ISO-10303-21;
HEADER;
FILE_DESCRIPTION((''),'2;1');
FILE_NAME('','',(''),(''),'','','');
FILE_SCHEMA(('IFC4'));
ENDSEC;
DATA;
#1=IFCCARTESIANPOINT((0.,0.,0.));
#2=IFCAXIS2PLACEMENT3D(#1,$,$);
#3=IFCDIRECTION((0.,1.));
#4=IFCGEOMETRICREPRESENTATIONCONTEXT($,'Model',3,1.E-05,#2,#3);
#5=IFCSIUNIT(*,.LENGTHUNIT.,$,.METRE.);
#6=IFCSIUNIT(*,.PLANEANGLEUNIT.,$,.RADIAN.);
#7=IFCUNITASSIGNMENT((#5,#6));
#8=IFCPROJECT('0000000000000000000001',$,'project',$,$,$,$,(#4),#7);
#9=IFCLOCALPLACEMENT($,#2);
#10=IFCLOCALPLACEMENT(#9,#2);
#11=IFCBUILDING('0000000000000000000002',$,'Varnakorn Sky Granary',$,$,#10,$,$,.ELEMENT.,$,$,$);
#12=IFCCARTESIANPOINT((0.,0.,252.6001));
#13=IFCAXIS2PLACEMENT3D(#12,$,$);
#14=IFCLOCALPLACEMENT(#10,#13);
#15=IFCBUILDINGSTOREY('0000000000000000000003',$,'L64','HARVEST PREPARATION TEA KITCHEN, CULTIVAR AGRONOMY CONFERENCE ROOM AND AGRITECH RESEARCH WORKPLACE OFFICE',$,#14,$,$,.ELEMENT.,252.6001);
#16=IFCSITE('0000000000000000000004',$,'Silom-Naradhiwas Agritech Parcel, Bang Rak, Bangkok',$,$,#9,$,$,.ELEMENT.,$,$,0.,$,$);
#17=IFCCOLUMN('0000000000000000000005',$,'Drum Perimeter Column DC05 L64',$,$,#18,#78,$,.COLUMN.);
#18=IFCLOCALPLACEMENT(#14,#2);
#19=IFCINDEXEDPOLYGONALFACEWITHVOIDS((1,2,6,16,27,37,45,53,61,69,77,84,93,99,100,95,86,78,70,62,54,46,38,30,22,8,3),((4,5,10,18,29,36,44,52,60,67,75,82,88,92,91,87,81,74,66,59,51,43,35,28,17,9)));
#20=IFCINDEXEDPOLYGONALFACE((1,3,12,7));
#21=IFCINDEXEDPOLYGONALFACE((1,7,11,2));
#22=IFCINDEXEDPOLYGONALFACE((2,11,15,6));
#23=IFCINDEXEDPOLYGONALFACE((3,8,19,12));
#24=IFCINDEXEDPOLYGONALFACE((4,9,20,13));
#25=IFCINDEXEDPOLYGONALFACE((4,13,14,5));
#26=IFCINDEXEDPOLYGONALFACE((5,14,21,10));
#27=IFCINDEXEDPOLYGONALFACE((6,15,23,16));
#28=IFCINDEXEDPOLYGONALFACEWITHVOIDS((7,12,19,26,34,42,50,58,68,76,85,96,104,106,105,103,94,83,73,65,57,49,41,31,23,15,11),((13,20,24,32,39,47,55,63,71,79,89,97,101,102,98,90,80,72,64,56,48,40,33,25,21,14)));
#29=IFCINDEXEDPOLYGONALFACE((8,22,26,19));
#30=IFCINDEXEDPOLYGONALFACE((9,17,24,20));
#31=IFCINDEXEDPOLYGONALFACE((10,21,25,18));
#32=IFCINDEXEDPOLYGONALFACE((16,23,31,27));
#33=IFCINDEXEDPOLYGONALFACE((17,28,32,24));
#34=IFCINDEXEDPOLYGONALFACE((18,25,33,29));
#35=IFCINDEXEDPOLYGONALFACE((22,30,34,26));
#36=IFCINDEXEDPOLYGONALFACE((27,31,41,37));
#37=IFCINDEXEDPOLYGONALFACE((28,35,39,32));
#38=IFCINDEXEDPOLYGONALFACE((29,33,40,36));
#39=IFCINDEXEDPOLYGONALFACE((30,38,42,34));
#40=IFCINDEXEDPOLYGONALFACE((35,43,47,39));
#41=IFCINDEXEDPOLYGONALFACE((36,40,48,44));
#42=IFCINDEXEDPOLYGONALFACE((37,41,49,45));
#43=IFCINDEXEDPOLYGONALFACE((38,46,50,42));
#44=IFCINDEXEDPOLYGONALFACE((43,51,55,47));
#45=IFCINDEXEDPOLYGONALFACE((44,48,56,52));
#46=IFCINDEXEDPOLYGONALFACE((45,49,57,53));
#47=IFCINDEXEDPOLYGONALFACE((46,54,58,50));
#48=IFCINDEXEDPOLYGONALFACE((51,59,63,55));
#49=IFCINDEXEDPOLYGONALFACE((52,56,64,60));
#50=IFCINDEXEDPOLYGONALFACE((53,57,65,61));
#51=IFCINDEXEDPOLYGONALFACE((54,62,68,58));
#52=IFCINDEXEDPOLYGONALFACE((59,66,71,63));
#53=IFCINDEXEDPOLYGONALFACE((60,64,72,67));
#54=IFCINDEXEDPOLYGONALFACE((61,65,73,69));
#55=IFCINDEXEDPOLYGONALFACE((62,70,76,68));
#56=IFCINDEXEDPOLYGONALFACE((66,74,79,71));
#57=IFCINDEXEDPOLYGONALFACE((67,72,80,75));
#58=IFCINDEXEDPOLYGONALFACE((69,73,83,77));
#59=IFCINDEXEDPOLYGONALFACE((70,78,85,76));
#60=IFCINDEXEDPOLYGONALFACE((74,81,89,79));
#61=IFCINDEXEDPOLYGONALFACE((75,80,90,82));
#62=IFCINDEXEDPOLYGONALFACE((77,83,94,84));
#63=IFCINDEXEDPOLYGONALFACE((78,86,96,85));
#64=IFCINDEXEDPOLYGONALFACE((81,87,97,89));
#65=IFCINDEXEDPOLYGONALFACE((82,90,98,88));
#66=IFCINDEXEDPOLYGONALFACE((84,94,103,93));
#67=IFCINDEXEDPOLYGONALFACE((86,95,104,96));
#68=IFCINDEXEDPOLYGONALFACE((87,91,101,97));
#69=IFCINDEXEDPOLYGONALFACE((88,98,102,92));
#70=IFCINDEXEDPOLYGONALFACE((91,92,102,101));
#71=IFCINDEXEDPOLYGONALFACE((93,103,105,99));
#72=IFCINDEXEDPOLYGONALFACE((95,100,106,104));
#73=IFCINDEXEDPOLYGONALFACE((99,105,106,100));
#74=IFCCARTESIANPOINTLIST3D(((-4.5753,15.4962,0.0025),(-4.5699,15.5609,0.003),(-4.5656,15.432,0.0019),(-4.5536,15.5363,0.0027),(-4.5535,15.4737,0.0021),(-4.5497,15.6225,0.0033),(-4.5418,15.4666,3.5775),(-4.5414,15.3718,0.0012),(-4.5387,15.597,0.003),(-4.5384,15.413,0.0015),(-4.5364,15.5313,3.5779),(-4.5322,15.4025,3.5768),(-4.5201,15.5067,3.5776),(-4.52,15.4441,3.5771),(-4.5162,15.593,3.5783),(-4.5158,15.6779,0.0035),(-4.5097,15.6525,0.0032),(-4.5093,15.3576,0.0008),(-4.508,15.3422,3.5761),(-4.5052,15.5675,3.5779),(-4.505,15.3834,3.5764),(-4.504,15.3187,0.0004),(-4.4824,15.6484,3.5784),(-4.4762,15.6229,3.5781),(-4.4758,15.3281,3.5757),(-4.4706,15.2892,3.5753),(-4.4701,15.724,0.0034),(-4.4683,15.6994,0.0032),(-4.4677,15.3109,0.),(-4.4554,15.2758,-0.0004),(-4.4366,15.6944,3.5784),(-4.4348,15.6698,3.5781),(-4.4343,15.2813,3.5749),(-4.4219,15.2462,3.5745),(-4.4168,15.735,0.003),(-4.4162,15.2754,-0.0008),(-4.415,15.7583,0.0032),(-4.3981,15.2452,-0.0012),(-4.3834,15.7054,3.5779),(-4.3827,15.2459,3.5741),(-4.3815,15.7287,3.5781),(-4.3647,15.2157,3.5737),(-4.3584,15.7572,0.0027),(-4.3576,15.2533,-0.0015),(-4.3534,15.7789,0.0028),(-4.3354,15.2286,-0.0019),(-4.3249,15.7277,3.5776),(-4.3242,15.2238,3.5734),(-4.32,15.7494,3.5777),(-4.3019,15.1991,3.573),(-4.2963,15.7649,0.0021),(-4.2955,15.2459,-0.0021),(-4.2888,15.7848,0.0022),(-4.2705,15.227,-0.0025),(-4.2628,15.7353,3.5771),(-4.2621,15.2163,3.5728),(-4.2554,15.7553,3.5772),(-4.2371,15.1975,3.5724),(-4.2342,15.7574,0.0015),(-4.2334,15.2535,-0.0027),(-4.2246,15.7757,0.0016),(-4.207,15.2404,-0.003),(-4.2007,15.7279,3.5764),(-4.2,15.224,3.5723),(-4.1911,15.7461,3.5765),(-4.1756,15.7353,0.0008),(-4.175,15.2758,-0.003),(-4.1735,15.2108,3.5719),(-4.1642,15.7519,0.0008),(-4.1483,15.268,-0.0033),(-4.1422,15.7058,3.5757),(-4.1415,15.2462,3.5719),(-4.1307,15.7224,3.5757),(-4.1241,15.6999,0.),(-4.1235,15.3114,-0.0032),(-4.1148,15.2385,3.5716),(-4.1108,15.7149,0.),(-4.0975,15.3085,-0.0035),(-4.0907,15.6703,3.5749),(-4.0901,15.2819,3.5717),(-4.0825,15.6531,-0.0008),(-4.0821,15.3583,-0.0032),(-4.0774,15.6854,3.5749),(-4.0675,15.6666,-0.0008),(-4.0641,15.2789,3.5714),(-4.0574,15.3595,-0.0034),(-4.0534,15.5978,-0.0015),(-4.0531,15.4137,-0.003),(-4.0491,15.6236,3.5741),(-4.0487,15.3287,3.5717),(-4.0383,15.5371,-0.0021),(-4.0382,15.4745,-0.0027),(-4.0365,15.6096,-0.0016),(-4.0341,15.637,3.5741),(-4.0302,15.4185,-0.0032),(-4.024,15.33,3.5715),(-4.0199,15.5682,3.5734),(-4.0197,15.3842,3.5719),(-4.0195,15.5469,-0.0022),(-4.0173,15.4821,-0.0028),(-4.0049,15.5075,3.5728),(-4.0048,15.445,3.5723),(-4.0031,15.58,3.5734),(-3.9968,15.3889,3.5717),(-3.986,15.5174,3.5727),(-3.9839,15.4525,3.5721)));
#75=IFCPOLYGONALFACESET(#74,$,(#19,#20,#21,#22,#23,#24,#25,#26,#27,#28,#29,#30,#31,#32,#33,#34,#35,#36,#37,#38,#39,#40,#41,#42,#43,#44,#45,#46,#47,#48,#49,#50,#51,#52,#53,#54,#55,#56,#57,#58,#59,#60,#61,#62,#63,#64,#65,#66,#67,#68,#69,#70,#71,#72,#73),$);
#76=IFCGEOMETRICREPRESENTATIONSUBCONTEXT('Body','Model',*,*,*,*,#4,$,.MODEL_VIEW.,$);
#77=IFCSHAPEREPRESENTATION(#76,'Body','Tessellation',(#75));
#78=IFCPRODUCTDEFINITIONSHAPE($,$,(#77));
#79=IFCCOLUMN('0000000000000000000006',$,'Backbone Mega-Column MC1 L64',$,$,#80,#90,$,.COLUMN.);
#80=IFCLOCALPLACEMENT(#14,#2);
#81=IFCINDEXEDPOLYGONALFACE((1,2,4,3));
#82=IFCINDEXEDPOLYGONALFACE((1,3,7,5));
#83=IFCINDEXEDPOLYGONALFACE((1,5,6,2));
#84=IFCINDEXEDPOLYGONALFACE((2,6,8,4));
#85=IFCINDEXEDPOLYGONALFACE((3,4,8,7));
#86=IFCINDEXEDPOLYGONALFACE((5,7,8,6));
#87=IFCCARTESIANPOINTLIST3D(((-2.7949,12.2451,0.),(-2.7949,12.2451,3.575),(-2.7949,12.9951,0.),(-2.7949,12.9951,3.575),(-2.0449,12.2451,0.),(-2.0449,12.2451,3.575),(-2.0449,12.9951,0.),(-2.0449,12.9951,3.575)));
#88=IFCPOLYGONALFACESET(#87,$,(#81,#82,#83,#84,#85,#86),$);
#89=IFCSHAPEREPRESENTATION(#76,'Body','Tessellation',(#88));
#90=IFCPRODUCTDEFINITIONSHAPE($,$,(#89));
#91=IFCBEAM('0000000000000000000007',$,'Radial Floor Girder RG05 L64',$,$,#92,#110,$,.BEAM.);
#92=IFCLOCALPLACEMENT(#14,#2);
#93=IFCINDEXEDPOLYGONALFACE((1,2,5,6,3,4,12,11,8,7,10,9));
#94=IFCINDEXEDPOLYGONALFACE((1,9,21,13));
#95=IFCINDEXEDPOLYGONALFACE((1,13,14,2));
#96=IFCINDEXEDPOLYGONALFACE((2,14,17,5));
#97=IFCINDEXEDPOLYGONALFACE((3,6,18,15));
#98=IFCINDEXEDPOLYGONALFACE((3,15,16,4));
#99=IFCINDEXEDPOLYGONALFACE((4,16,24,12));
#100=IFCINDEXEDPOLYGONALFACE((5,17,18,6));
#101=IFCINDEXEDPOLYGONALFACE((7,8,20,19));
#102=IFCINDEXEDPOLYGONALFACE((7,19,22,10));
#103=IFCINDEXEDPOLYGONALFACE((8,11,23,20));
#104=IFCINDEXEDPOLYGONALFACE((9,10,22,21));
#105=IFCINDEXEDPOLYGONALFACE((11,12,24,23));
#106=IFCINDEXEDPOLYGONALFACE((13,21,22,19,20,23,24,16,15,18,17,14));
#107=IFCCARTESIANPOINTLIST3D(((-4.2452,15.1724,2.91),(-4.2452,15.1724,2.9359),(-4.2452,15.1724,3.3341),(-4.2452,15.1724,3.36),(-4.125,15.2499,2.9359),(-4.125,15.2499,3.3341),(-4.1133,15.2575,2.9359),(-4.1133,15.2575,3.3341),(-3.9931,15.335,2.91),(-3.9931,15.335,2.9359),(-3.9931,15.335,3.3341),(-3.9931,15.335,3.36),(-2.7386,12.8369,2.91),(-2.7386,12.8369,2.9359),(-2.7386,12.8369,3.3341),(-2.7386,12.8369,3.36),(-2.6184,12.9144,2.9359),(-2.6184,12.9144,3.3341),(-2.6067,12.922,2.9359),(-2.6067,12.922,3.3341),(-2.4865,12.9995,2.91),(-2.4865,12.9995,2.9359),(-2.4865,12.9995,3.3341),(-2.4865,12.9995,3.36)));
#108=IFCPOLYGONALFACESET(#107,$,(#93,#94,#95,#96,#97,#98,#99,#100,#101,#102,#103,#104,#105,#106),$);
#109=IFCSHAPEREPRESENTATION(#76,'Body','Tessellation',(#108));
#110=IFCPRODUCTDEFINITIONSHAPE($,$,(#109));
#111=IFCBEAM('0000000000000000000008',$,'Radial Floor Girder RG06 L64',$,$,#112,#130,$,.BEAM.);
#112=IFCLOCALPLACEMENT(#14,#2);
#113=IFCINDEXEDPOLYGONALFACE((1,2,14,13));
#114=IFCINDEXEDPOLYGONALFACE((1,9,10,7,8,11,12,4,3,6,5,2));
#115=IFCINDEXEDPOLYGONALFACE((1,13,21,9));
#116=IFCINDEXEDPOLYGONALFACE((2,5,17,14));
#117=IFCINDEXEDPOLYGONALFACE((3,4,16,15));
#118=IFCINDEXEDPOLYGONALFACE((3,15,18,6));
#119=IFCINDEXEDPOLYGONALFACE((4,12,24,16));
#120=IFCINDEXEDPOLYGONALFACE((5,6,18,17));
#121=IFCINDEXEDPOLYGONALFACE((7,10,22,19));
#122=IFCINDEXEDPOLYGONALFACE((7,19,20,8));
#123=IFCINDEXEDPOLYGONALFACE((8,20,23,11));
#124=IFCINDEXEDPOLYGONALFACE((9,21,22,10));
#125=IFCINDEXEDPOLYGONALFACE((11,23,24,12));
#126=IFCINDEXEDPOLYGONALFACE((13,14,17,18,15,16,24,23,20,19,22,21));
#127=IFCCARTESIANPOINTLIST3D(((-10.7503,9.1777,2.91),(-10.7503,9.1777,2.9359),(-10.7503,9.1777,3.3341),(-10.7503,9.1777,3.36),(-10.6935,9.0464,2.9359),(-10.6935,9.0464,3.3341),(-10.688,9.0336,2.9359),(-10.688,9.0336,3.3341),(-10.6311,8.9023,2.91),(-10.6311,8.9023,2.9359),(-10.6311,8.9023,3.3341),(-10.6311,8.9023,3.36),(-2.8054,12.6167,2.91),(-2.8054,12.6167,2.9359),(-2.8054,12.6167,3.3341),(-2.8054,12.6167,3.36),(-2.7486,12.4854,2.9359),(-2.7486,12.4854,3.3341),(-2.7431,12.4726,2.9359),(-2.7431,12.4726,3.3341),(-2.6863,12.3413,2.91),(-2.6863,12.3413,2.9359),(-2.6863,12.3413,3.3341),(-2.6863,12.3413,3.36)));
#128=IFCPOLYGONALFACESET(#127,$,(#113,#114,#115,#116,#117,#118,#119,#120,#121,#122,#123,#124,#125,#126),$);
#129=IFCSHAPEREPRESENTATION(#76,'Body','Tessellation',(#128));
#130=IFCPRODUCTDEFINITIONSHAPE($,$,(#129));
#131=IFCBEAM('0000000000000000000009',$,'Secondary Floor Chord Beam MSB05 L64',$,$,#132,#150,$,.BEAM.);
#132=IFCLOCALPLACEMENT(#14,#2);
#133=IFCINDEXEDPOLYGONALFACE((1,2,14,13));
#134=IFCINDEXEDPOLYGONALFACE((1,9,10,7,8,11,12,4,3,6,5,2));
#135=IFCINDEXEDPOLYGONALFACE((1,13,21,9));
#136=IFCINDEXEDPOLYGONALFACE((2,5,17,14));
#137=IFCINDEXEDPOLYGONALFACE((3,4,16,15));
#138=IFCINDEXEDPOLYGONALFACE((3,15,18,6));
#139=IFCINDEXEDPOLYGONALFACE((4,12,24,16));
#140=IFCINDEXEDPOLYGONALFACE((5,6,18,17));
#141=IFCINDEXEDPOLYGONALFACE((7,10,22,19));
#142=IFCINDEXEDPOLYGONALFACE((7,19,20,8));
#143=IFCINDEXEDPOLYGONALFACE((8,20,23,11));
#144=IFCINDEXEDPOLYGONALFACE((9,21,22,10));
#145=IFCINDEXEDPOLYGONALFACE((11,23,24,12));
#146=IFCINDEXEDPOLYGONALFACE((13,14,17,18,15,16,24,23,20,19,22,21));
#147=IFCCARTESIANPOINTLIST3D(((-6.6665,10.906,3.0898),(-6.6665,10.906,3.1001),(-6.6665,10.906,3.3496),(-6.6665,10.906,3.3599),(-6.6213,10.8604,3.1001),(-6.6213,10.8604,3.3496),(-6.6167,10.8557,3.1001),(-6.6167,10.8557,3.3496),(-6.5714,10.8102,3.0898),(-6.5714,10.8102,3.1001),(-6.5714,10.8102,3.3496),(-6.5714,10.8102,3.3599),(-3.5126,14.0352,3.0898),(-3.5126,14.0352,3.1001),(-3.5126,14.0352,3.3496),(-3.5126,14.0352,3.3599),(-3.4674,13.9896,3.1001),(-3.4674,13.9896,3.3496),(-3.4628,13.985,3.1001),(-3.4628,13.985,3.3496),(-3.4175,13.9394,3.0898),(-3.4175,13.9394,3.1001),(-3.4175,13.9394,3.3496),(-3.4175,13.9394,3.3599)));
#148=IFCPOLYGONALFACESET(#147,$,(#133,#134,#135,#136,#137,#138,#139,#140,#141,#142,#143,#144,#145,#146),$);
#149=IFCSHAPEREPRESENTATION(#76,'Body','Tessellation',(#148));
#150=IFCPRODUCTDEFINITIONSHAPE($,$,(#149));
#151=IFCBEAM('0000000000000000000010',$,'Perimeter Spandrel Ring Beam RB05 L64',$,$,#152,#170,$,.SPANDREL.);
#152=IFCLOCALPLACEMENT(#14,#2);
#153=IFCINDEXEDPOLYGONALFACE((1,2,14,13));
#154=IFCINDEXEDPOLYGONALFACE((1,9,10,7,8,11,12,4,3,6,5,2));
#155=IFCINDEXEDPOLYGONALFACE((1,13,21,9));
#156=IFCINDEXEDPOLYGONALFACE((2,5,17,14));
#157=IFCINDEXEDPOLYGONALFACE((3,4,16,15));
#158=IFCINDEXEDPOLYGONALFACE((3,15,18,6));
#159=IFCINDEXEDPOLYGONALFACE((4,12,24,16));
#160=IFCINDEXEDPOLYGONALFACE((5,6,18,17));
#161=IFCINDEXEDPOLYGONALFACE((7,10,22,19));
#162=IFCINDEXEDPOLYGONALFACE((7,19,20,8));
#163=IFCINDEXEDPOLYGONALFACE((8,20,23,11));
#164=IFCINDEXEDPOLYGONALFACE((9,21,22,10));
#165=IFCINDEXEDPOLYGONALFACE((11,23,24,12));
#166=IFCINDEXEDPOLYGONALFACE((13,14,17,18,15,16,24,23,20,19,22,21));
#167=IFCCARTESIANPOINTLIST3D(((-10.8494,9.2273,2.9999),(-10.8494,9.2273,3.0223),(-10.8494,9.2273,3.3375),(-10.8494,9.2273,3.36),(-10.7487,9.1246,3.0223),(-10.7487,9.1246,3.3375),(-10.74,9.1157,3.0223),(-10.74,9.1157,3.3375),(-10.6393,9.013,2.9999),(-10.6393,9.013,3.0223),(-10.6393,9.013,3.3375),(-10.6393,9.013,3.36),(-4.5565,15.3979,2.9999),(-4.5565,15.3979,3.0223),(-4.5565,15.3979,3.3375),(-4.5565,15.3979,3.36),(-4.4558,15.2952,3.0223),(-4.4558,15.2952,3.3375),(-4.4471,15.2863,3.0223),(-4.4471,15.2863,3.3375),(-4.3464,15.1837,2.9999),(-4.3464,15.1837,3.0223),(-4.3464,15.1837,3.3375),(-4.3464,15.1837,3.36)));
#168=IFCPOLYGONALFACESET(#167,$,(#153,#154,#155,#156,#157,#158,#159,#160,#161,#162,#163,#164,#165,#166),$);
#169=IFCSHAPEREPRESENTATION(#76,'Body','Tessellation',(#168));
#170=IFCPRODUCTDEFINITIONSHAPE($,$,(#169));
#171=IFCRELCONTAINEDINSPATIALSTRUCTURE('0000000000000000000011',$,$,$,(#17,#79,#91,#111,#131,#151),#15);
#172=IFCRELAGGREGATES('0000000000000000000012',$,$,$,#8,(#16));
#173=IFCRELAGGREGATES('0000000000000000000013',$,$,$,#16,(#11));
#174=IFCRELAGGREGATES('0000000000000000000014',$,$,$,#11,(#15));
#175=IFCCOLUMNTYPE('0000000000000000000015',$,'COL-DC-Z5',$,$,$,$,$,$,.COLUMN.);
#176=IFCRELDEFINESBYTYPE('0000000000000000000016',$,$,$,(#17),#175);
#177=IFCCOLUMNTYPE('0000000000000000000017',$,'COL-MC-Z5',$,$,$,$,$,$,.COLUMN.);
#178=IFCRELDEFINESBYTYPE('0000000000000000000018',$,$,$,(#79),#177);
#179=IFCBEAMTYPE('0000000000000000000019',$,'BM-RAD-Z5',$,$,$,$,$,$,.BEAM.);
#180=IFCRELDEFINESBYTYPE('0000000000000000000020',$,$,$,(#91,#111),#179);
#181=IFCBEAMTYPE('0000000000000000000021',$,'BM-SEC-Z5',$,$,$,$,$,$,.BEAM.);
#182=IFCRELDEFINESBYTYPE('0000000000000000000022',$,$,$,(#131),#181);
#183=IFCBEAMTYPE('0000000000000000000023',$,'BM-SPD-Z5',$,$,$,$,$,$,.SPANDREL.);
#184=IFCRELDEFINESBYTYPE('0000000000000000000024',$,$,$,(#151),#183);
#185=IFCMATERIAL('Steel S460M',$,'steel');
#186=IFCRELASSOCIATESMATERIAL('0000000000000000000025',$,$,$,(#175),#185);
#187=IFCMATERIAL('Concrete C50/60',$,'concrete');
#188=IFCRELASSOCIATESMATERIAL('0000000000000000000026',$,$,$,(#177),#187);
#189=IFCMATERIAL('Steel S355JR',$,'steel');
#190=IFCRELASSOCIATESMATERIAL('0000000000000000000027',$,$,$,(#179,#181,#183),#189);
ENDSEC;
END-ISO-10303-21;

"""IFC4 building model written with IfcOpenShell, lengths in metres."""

from ifc_helpers import new_model, si_unit, direction, frame, origin, origin_2d, place, context, subcontext, project, spatial, rectangle, hollow_circle, i_section, extrude, material, material_profile, profile_set, type_object, element, save


model = new_model("IFC4")

# Units and contexts
model_context = context("Model", 3, precision=1e-05, world=origin(), true_north=direction((0.0, 1.0)))
body_context = subcontext(model_context, "Body", "Model", "MODEL_VIEW")
ifc_project = project(units=[si_unit("LENGTHUNIT", "METRE"), si_unit("PLANEANGLEUNIT", "RADIAN")], contexts=[model_context])

# Site, building, storey
site_placement = place(None, origin())
site = spatial("IfcSite", under=ifc_project, at=site_placement, Name="Silom-Naradhiwas Agritech Parcel, Bang Rak, Bangkok", CompositionType="ELEMENT", RefElevation=0.0)
building_placement = place(site_placement, origin())
building = spatial("IfcBuilding", under=site, at=building_placement, Name="Varnakorn Sky Granary", CompositionType="ELEMENT")
storey_placement = place(building_placement, frame((0.0, 0.0, 252.6001)))
storey = spatial("IfcBuildingStorey", under=building, at=storey_placement, Name="L64", Description="HARVEST PREPARATION TEA KITCHEN, CULTIVAR AGRONOMY CONFERENCE ROOM AND AGRITECH RESEARCH WORKPLACE OFFICE", CompositionType="ELEMENT", Elevation=252.6001)

# Columns
ifc_material_1 = material(Name="Steel S460M", Category="steel")
ifc_material_profile_1 = material_profile(ifc_material_1, hollow_circle(Radius=0.2795, WallThickness=0.02, at=origin_2d()), Name="CHS 559x20")
ifc_profile_set_1 = profile_set([ifc_material_profile_1], Name="Steel S460M")
column_type_1 = type_object("IfcColumnType", Name="COL-DC-Z5", PredefinedType="COLUMN", material=ifc_profile_set_1)
column_1_placement = place(storey_placement, frame((-4.2959, 15.5054, 0.0), z_axis=(0.009355, -0.008263, 0.999922), x_axis=(0.661983, 0.749518, 0.0)))
element("IfcColumn", 1, at=column_1_placement, inside=storey, type_object=column_type_1, Name="Drum Perimeter Column DC05 L64", PredefinedType="COLUMN", context=body_context, shape_type="SweptSolid", body=[
    extrude(hollow_circle(Radius=0.2795, WallThickness=0.02, at=origin_2d()), origin(), (0.0, 0.0, 1.0), 3.5752),
])
ifc_material_2 = material(Name="Concrete C50/60", Category="concrete")
ifc_material_profile_2 = material_profile(ifc_material_2, rectangle(XDim=0.75, YDim=0.75, at=origin_2d()), Name="RC 750x750")
ifc_profile_set_2 = profile_set([ifc_material_profile_2], Name="Concrete C50/60")
column_type_2 = type_object("IfcColumnType", Name="COL-MC-Z5", PredefinedType="COLUMN", material=ifc_profile_set_2)
column_2_placement = place(storey_placement, frame((-2.4199, 12.6201, 0.0), z_axis=(0.0, 0.0, 1.0), x_axis=(1.0, 0.0, 0.0)))
element("IfcColumn", 2, at=column_2_placement, inside=storey, type_object=column_type_2, Name="Backbone Mega-Column MC1 L64", PredefinedType="COLUMN", context=body_context, shape_type="SweptSolid", body=[
    extrude(rectangle(XDim=0.75, YDim=0.75, at=origin_2d()), origin(), (0.0, 0.0, 1.0), 3.575),
])

# Beams
ifc_material_3 = material(Name="Steel S355JR", Category="steel")
ifc_material_profile_3 = material_profile(ifc_material_3, i_section(OverallWidth=0.3, OverallDepth=0.45, WebThickness=0.0139, FlangeThickness=0.0259, at=origin_2d()), Name="HE 450 B")
ifc_profile_set_3 = profile_set([ifc_material_profile_3], Name="Steel S355JR")
beam_type_1 = type_object("IfcBeamType", Name="BM-RAD-Z5", PredefinedType="BEAM", material=ifc_profile_set_3)
beam_1_placement = place(storey_placement, frame((-2.6125, 12.9182, 3.135), z_axis=(-0.542089, 0.840321, 0.0), x_axis=(-0.840321, -0.542089, 0.0)))
element("IfcBeam", 3, at=beam_1_placement, inside=storey, type_object=beam_type_1, Name="Radial Floor Girder RG05 L64", PredefinedType="BEAM", context=body_context, shape_type="SweptSolid", body=[
    extrude(i_section(OverallWidth=0.3, OverallDepth=0.45, WebThickness=0.0139, FlangeThickness=0.0259, at=origin_2d()), origin(), (0.0, 0.0, 1.0), 2.7793),
])
beam_2_placement = place(storey_placement, frame((-2.7458, 12.479, 3.135), z_axis=(-0.917715, -0.397239, 0.0), x_axis=(0.397239, -0.917715, 0.0)))
element("IfcBeam", 4, at=beam_2_placement, inside=storey, type_object=beam_type_1, Name="Radial Floor Girder RG06 L64", PredefinedType="BEAM", context=body_context, shape_type="SweptSolid", body=[
    extrude(i_section(OverallWidth=0.3, OverallDepth=0.45, WebThickness=0.0139, FlangeThickness=0.0259, at=origin_2d()), origin(), (0.0, 0.0, 1.0), 8.6572),
])
ifc_material_profile_4 = material_profile(ifc_material_3, i_section(OverallWidth=0.135, OverallDepth=0.27, WebThickness=0.0066, FlangeThickness=0.0103, at=origin_2d()), Name="IPE 270")
ifc_profile_set_4 = profile_set([ifc_material_profile_4], Name="Steel S355JR")
beam_type_2 = type_object("IfcBeamType", Name="BM-SEC-Z5", PredefinedType="BEAM", material=ifc_profile_set_4)
beam_3_placement = place(storey_placement, frame((-3.4651, 13.9873, 3.2249), z_axis=(-0.709876, -0.704326, 0.0), x_axis=(0.704326, -0.709876, 0.0)))
element("IfcBeam", 5, at=beam_3_placement, inside=storey, type_object=beam_type_2, Name="Secondary Floor Chord Beam MSB05 L64", PredefinedType="BEAM", context=body_context, shape_type="SweptSolid", body=[
    extrude(i_section(OverallWidth=0.135, OverallDepth=0.27, WebThickness=0.0066, FlangeThickness=0.0103, at=origin_2d()), origin(), (0.0, 0.0, 1.0), 4.4429),
])
ifc_material_profile_5 = material_profile(ifc_material_3, i_section(OverallWidth=0.3, OverallDepth=0.3601, WebThickness=0.0125, FlangeThickness=0.0225, at=origin_2d()), Name="HE 360 B")
ifc_profile_set_5 = profile_set([ifc_material_profile_5], Name="Steel S355JR")
beam_type_3 = type_object("IfcBeamType", Name="BM-SPD-Z5", PredefinedType="SPANDREL", material=ifc_profile_set_5)
beam_4_placement = place(storey_placement, frame((-4.4514, 15.2908, 3.1799), z_axis=(-0.714012, -0.700134, 0.0), x_axis=(0.700134, -0.714012, 0.0)))
element("IfcBeam", 6, at=beam_4_placement, inside=storey, type_object=beam_type_3, Name="Perimeter Spandrel Ring Beam RB05 L64", PredefinedType="SPANDREL", context=body_context, shape_type="SweptSolid", body=[
    extrude(i_section(OverallWidth=0.3, OverallDepth=0.3601, WebThickness=0.0125, FlangeThickness=0.0225, at=origin_2d()), origin(), (0.0, 0.0, 1.0), 8.8135),
])

save(model, "model.ifc")
